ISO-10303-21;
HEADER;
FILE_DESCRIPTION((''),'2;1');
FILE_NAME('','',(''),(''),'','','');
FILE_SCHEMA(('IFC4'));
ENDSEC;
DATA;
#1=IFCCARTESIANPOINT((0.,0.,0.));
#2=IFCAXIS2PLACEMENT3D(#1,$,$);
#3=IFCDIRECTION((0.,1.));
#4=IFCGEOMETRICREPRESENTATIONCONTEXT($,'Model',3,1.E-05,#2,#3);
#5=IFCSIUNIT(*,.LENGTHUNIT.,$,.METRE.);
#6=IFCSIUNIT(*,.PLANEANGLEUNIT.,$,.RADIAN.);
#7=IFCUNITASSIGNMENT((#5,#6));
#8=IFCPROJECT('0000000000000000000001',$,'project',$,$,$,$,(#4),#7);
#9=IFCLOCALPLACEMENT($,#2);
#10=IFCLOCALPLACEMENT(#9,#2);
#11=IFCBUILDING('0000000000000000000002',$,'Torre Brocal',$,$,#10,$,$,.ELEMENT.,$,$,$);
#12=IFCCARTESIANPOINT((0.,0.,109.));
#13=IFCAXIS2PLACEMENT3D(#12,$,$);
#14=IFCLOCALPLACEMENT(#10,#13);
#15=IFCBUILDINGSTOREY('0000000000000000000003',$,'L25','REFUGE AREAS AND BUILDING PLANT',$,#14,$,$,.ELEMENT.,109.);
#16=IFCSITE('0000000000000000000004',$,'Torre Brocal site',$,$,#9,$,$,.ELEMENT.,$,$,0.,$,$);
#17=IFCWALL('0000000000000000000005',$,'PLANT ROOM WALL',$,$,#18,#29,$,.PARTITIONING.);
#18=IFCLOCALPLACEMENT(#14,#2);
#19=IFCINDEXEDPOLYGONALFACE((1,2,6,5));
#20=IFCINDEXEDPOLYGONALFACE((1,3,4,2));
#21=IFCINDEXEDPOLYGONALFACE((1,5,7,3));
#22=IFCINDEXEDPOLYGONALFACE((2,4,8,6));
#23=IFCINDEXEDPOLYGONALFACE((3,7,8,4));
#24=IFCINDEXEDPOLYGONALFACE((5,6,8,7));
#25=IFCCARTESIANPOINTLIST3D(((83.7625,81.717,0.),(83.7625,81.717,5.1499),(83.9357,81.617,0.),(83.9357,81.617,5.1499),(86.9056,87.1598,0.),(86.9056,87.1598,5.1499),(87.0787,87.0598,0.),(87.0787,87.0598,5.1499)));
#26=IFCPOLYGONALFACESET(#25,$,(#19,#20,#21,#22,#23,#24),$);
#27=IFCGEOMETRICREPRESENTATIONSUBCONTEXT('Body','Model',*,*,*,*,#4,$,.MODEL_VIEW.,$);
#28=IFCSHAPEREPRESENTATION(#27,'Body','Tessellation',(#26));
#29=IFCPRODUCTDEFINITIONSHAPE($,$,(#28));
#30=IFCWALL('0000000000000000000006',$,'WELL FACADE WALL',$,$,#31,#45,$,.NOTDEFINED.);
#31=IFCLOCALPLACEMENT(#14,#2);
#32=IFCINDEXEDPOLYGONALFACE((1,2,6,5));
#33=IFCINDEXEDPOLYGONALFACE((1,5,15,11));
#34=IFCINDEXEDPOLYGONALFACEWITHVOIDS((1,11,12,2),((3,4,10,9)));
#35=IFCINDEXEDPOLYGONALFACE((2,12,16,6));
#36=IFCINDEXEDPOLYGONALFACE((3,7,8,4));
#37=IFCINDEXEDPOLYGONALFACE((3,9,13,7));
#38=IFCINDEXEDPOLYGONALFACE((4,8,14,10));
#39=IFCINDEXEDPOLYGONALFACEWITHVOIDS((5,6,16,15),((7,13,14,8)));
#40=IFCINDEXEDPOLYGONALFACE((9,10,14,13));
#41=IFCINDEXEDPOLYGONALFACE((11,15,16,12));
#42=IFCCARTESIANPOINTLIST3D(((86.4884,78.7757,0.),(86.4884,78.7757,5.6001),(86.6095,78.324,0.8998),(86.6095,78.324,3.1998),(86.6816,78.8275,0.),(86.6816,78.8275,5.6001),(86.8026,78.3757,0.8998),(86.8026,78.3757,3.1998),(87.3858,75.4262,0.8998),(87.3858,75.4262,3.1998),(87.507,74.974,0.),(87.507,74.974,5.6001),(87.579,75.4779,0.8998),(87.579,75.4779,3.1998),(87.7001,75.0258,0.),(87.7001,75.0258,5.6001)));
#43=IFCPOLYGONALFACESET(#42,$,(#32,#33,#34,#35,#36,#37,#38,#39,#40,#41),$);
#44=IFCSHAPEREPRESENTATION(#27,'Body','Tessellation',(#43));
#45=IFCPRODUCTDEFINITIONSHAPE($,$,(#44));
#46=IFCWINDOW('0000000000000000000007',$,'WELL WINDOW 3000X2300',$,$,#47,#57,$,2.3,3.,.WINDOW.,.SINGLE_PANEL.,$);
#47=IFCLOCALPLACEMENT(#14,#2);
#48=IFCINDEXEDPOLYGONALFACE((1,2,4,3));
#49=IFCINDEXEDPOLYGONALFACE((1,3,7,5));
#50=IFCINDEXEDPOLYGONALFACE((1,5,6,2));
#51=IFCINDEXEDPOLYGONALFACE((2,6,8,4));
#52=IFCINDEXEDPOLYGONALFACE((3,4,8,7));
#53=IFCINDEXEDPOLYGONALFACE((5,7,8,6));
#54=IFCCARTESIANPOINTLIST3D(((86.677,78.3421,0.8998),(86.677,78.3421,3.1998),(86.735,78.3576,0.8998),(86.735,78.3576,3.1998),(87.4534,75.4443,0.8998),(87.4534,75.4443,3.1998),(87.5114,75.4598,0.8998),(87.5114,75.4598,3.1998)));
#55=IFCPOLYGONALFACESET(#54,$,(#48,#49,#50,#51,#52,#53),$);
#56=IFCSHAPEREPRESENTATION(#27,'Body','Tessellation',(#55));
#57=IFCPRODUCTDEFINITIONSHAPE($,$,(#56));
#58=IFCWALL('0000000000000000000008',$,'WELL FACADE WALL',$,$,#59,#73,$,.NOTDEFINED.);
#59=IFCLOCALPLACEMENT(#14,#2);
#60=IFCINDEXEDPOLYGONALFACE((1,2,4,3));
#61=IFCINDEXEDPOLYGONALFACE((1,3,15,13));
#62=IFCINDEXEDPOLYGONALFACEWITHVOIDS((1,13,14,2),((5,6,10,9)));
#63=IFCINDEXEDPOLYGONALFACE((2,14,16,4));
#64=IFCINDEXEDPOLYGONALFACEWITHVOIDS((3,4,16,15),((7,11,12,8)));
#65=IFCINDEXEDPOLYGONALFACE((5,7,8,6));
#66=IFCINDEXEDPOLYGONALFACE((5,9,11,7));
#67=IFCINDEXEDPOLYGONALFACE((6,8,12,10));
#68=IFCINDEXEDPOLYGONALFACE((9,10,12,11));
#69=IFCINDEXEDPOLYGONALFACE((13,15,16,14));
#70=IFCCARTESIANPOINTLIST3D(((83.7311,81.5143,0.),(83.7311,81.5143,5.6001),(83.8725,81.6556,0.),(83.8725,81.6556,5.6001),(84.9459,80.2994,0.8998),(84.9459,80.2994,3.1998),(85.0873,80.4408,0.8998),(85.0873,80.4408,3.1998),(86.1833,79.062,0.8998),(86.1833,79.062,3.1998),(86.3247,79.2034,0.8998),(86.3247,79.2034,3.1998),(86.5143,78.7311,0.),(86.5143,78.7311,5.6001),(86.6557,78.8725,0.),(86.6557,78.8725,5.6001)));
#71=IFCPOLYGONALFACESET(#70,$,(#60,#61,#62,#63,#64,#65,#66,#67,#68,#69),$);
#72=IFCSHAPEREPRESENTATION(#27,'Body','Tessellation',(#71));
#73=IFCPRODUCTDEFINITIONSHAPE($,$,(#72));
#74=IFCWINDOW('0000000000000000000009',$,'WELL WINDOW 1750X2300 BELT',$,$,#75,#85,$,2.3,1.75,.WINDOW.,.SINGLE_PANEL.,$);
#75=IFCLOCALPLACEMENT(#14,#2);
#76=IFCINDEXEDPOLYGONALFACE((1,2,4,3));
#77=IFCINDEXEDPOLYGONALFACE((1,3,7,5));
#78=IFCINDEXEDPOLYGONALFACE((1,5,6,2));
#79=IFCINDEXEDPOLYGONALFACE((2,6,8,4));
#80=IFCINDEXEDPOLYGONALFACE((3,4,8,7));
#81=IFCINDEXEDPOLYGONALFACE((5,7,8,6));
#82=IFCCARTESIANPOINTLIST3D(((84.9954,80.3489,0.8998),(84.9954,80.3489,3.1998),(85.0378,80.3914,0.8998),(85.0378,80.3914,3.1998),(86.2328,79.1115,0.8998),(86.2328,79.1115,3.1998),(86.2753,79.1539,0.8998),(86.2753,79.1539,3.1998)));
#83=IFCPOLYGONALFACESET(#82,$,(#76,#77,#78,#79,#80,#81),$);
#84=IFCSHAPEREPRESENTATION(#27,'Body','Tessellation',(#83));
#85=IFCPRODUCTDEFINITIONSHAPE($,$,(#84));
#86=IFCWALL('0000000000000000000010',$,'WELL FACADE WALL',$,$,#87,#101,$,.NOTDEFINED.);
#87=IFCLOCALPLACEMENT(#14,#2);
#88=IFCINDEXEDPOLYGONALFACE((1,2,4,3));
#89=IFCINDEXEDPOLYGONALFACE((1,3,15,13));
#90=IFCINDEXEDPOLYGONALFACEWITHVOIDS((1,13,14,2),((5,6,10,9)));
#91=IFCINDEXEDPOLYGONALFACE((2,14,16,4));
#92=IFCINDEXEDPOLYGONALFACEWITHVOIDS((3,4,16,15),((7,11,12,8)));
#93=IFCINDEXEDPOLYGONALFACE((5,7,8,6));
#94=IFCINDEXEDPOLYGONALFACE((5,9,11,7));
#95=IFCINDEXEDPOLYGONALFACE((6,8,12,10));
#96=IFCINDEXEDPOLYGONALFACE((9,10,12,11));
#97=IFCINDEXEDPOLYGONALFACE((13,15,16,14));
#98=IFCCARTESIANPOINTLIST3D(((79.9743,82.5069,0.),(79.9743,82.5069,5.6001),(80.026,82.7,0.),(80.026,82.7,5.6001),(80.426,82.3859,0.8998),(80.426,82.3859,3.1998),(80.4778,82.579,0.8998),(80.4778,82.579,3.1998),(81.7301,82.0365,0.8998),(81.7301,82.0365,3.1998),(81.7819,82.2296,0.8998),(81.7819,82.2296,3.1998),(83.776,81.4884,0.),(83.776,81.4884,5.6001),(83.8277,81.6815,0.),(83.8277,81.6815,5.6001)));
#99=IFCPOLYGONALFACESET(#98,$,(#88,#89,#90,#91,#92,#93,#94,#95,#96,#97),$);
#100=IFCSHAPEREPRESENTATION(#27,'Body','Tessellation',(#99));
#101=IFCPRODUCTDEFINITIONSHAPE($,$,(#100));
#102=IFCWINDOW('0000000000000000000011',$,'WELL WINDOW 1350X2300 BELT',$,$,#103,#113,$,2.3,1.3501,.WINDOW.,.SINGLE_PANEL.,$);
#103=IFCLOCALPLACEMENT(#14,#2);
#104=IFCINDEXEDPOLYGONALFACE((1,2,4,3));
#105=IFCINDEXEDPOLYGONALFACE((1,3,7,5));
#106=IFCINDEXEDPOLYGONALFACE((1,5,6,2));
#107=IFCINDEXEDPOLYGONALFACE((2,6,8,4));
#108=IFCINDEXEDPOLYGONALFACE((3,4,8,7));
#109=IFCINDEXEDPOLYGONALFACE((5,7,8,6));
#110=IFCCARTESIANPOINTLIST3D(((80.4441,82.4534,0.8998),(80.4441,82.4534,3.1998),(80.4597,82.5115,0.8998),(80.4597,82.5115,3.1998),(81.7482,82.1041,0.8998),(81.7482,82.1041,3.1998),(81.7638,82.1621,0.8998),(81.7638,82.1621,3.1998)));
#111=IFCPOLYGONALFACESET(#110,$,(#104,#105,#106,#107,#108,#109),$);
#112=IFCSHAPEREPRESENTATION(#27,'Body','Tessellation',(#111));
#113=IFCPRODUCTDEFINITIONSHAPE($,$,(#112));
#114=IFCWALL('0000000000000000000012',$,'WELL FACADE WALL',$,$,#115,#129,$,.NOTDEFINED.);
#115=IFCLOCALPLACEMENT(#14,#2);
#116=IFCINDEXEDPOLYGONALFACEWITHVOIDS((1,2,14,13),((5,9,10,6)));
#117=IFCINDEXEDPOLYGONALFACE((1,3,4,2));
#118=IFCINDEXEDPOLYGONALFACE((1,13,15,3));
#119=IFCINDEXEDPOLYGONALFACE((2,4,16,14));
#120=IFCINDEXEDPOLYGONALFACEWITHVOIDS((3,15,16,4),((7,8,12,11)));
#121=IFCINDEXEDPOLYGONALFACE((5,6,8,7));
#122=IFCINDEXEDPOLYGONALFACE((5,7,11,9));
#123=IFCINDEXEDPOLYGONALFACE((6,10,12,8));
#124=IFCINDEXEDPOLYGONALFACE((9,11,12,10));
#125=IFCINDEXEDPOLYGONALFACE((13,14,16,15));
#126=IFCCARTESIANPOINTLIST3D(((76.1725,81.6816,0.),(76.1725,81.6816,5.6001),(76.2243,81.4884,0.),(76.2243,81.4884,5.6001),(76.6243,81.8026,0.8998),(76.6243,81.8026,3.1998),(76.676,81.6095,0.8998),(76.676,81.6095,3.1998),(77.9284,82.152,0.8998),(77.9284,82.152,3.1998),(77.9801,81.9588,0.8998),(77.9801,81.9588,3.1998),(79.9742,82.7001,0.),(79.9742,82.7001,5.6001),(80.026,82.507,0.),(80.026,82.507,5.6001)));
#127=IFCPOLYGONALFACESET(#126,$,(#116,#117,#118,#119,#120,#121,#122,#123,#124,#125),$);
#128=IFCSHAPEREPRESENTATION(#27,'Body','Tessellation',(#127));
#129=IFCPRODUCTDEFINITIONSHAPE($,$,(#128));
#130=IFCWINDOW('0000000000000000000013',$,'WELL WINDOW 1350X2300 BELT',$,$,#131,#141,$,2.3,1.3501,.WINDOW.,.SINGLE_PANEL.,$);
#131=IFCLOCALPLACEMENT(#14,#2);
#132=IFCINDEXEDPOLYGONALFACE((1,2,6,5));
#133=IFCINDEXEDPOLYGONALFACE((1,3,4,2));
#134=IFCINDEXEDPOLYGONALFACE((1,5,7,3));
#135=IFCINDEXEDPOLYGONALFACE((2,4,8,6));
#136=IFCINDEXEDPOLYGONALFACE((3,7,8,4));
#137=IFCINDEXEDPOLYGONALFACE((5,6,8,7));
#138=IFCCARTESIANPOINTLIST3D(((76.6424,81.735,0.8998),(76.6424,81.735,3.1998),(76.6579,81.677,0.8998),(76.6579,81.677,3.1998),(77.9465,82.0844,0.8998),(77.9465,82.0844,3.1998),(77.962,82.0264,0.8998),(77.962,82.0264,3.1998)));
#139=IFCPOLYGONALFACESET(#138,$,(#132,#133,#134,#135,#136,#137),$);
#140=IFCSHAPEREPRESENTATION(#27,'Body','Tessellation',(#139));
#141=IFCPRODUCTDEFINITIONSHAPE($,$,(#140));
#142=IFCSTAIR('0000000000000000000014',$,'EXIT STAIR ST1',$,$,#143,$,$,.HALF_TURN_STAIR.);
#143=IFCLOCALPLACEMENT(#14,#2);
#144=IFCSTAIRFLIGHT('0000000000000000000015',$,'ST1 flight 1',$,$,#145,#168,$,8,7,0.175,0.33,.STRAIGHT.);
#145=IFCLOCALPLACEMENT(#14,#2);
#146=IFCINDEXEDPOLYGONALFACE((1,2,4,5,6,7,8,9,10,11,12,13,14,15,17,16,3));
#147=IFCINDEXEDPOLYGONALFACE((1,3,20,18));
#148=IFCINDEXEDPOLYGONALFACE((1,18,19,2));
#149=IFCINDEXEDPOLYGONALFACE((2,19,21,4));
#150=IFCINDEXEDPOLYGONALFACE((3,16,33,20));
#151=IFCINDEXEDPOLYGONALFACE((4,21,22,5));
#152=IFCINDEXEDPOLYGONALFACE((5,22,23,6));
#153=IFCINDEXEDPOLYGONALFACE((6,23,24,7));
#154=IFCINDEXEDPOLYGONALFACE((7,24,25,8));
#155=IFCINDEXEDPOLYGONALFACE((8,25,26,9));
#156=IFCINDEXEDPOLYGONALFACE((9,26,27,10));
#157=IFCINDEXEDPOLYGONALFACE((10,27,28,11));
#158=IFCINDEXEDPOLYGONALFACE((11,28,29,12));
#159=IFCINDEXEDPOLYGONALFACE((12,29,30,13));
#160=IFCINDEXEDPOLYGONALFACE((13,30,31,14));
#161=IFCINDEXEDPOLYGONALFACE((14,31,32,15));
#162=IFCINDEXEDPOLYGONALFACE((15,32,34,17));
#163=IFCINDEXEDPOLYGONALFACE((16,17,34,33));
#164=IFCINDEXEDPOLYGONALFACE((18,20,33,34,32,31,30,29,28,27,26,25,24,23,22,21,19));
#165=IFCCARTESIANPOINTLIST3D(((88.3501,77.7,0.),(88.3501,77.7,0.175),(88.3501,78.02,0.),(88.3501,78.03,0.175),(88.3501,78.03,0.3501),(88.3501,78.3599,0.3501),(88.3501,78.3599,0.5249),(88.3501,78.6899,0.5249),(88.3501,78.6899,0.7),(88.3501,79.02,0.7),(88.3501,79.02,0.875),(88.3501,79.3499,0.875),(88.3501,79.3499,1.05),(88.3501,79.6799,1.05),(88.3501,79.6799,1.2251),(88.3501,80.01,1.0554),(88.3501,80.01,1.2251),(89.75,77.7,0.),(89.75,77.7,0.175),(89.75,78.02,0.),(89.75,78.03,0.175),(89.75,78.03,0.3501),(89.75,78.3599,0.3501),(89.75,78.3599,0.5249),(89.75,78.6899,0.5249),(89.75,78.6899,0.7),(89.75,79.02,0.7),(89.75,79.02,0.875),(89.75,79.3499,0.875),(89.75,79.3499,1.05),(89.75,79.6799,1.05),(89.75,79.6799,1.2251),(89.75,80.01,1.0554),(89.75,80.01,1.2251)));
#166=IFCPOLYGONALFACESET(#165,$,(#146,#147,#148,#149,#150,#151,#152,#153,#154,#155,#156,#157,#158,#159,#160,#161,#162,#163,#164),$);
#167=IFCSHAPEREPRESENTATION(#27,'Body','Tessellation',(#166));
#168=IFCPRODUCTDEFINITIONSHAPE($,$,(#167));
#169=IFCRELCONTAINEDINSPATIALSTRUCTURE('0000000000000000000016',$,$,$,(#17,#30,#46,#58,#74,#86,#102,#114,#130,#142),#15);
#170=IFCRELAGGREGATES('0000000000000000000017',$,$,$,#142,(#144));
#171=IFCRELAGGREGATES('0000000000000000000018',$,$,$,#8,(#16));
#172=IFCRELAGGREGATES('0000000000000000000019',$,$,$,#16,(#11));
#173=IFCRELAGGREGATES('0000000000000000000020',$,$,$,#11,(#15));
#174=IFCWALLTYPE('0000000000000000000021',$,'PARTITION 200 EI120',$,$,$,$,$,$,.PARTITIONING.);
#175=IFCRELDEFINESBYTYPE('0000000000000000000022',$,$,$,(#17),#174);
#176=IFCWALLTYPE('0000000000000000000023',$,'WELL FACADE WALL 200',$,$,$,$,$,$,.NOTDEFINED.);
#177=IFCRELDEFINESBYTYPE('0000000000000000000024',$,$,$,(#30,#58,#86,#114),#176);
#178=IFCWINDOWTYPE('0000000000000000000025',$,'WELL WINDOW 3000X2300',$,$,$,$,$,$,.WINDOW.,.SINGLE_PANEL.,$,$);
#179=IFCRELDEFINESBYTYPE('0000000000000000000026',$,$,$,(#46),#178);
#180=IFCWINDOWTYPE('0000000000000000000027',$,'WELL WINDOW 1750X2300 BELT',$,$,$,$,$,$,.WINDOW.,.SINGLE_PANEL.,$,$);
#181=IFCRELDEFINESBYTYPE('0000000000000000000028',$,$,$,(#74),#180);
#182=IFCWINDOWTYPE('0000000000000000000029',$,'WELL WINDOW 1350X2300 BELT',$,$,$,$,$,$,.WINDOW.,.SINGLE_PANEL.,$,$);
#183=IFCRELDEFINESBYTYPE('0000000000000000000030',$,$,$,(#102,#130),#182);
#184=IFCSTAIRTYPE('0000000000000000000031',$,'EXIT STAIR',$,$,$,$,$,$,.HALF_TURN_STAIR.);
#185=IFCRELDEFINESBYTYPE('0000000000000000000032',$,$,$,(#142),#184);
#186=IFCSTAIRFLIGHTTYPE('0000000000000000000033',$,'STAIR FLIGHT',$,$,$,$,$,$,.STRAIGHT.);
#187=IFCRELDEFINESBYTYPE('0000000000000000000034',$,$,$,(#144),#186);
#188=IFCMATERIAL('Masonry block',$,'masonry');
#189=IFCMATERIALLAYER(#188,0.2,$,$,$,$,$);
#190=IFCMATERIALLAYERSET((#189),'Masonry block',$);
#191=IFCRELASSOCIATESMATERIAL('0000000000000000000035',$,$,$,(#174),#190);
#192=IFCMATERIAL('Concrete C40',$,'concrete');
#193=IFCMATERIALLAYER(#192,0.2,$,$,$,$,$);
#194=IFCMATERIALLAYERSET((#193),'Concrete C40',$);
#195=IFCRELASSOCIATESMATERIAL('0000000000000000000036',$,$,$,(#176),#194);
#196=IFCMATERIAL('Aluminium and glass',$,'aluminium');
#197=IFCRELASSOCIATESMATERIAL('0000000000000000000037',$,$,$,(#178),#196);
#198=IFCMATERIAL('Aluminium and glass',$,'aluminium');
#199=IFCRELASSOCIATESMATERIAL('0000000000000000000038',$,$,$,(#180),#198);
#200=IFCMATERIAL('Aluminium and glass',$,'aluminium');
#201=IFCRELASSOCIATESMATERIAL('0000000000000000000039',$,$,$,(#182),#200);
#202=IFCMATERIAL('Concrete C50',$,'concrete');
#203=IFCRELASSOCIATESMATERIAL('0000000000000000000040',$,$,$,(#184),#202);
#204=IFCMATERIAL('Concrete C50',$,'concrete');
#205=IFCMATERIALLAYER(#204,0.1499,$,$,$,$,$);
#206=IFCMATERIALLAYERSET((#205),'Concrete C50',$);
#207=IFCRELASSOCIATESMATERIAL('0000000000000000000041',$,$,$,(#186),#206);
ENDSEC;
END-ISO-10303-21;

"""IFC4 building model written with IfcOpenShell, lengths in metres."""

from ifc_helpers import new_model, si_unit, direction, frame, frame_2d, origin, place, context, subcontext, project, spatial, polyline, rectangle, outline, extrude, material, layer, layer_set, type_object, element, fill, aggregate, save


model = new_model("IFC4")

# Units and contexts
model_context = context("Model", 3, precision=1e-05, world=origin(), true_north=direction((0.0, 1.0)))
body_context = subcontext(model_context, "Body", "Model", "MODEL_VIEW")
ifc_project = project(units=[si_unit("LENGTHUNIT", "METRE"), si_unit("PLANEANGLEUNIT", "RADIAN")], contexts=[model_context])

# Site, building, storey
site_placement = place(None, origin())
site = spatial("IfcSite", under=ifc_project, at=site_placement, Name="Torre Brocal site", CompositionType="ELEMENT", RefElevation=0.0)
building_placement = place(site_placement, origin())
building = spatial("IfcBuilding", under=site, at=building_placement, Name="Torre Brocal", CompositionType="ELEMENT")
storey_placement = place(building_placement, frame((0.0, 0.0, 109.0)))
storey = spatial("IfcBuildingStorey", under=building, at=storey_placement, Name="L25", Description="REFUGE AREAS AND BUILDING PLANT", CompositionType="ELEMENT", Elevation=109.0)

# Wall
ifc_material_1 = material(Name="Masonry block", Category="masonry")
ifc_layer_1 = layer(ifc_material_1, 0.2)
ifc_layer_set_1 = layer_set([ifc_layer_1], Name="Masonry block")
wall_type_1 = type_object("IfcWallType", Name="PARTITION 200 EI120", PredefinedType="PARTITIONING", material=ifc_layer_set_1)
wall_1_placement = place(storey_placement, frame((83.8491, 81.667, 0.0), z_axis=(0.0, 0.0, 1.0), x_axis=(0.500074, 0.865982, 0.0)))
element("IfcWall", 1, at=wall_1_placement, inside=storey, type_object=wall_type_1, Name="PLANT ROOM WALL", PredefinedType="PARTITIONING", context=body_context, shape_type="SweptSolid", body=[
    extrude(rectangle(XDim=6.2852, YDim=0.2, at=frame_2d((3.1426, 0.0))), origin(), (0.0, 0.0, 1.0), 5.1499),
])

# Walls, openings, windows
ifc_material_2 = material(Name="Concrete C40", Category="concrete")
ifc_layer_2 = layer(ifc_material_2, 0.2)
ifc_layer_set_2 = layer_set([ifc_layer_2], Name="Concrete C40")
wall_type_2 = type_object("IfcWallType", Name="WELL FACADE WALL 200", PredefinedType="NOTDEFINED", material=ifc_layer_set_2)
wall_2_placement = place(storey_placement, frame((87.6035, 75.0, 0.0), z_axis=(0.0, 0.0, 1.0), x_axis=(-0.25879, 0.965934, 0.0)))
wall_2 = element("IfcWall", 2, at=wall_2_placement, inside=storey, type_object=wall_type_2, Name="WELL FACADE WALL", PredefinedType="NOTDEFINED", context=body_context, shape_type="SweptSolid", body=[
    extrude(rectangle(XDim=3.9358, YDim=0.2, at=frame_2d((1.9678, 0.0))), origin(), (0.0, 0.0, 1.0), 5.6001),
])
opening_1_placement = place(wall_2_placement, frame((0.468, 0.0, 0.8999)))
opening_1 = element("IfcOpeningElement", 3, at=opening_1_placement, cuts=wall_2, PredefinedType="OPENING", context=body_context, shape_type="SweptSolid", body=[
    extrude(rectangle(XDim=3.0, YDim=2.3, at=frame_2d((1.5, 1.1499))), frame((0.0, 0.1099, 0.0), z_axis=(0.0, -1.0, 0.0), x_axis=(1.0, 0.0, 0.0)), (0.0, 0.0, 1.0), 0.22),
])
ifc_material_3 = material(Name="Aluminium and glass", Category="aluminium")
window_type_1 = type_object("IfcWindowType", Name="WELL WINDOW 3000X2300", PartitioningType="SINGLE_PANEL", PredefinedType="WINDOW", material=ifc_material_3)
window_1_placement = place(opening_1_placement, origin())
window_1 = element("IfcWindow", 4, at=window_1_placement, inside=storey, type_object=window_type_1, Name="WELL WINDOW 3000X2300", OverallHeight=2.3, OverallWidth=3.0, PartitioningType="SINGLE_PANEL", PredefinedType="WINDOW", context=body_context, shape_type="SweptSolid", body=[
    extrude(rectangle(XDim=3.0, YDim=2.3, at=frame_2d((1.5, 1.1499))), frame((0.0, 0.03, 0.0), z_axis=(0.0, -1.0, 0.0), x_axis=(1.0, 0.0, 0.0)), (0.0, 0.0, 1.0), 0.0601),
])
fill(opening_1, window_1)
wall_3_placement = place(storey_placement, frame((86.585, 78.8018, 0.0), z_axis=(0.0, 0.0, 1.0), x_axis=(-0.707107, 0.707107, 0.0)))
wall_3 = element("IfcWall", 5, at=wall_3_placement, inside=storey, type_object=wall_type_2, Name="WELL FACADE WALL", PredefinedType="NOTDEFINED", context=body_context, shape_type="SweptSolid", body=[
    extrude(rectangle(XDim=3.936, YDim=0.2, at=frame_2d((1.968, 0.0))), origin(), (0.0, 0.0, 1.0), 5.6001),
])
opening_2_placement = place(wall_3_placement, frame((0.468, 0.0, 0.8999)))
opening_2 = element("IfcOpeningElement", 6, at=opening_2_placement, cuts=wall_3, PredefinedType="OPENING", context=body_context, shape_type="SweptSolid", body=[
    extrude(rectangle(XDim=1.75, YDim=2.3, at=frame_2d((0.875, 1.1499))), frame((0.0, 0.1099, 0.0), z_axis=(0.0, -1.0, 0.0), x_axis=(1.0, 0.0, 0.0)), (0.0, 0.0, 1.0), 0.22),
])
ifc_material_4 = material(Name="Aluminium and glass", Category="aluminium")
window_type_2 = type_object("IfcWindowType", Name="WELL WINDOW 1750X2300 BELT", PartitioningType="SINGLE_PANEL", PredefinedType="WINDOW", material=ifc_material_4)
window_2_placement = place(opening_2_placement, origin())
window_2 = element("IfcWindow", 7, at=window_2_placement, inside=storey, type_object=window_type_2, Name="WELL WINDOW 1750X2300 BELT", OverallHeight=2.3, OverallWidth=1.75, PartitioningType="SINGLE_PANEL", PredefinedType="WINDOW", context=body_context, shape_type="SweptSolid", body=[
    extrude(rectangle(XDim=1.75, YDim=2.3, at=frame_2d((0.875, 1.1499))), frame((0.0, 0.03, 0.0), z_axis=(0.0, -1.0, 0.0), x_axis=(1.0, 0.0, 0.0)), (0.0, 0.0, 1.0), 0.0601),
])
fill(opening_2, window_2)
wall_4_placement = place(storey_placement, frame((83.8018, 81.585, 0.0), z_axis=(0.0, 0.0, 1.0), x_axis=(-0.965934, 0.25879, 0.0)))
wall_4 = element("IfcWall", 8, at=wall_4_placement, inside=storey, type_object=wall_type_2, Name="WELL FACADE WALL", PredefinedType="NOTDEFINED", context=body_context, shape_type="SweptSolid", body=[
    extrude(rectangle(XDim=3.9358, YDim=0.2, at=frame_2d((1.9678, 0.0))), origin(), (0.0, 0.0, 1.0), 5.6001),
])
opening_3_placement = place(wall_4_placement, frame((2.1179, 0.0, 0.8999)))
opening_3 = element("IfcOpeningElement", 9, at=opening_3_placement, cuts=wall_4, PredefinedType="OPENING", context=body_context, shape_type="SweptSolid", body=[
    extrude(rectangle(XDim=1.3501, YDim=2.3, at=frame_2d((0.675, 1.1499))), frame((0.0, 0.1099, 0.0), z_axis=(0.0, -1.0, 0.0), x_axis=(1.0, 0.0, 0.0)), (0.0, 0.0, 1.0), 0.22),
])
ifc_material_5 = material(Name="Aluminium and glass", Category="aluminium")
window_type_3 = type_object("IfcWindowType", Name="WELL WINDOW 1350X2300 BELT", PartitioningType="SINGLE_PANEL", PredefinedType="WINDOW", material=ifc_material_5)
window_3_placement = place(opening_3_placement, origin())
window_3 = element("IfcWindow", 10, at=window_3_placement, inside=storey, type_object=window_type_3, Name="WELL WINDOW 1350X2300 BELT", OverallHeight=2.3, OverallWidth=1.3501, PartitioningType="SINGLE_PANEL", PredefinedType="WINDOW", context=body_context, shape_type="SweptSolid", body=[
    extrude(rectangle(XDim=1.3501, YDim=2.3, at=frame_2d((0.675, 1.1499))), frame((0.0, 0.03, 0.0), z_axis=(0.0, -1.0, 0.0), x_axis=(1.0, 0.0, 0.0)), (0.0, 0.0, 1.0), 0.0601),
])
fill(opening_3, window_3)
wall_5_placement = place(storey_placement, frame((80.0, 82.6035, 0.0), z_axis=(0.0, 0.0, 1.0), x_axis=(-0.965934, -0.25879, 0.0)))
wall_5 = element("IfcWall", 11, at=wall_5_placement, inside=storey, type_object=wall_type_2, Name="WELL FACADE WALL", PredefinedType="NOTDEFINED", context=body_context, shape_type="SweptSolid", body=[
    extrude(rectangle(XDim=3.9358, YDim=0.2, at=frame_2d((1.9678, 0.0))), origin(), (0.0, 0.0, 1.0), 5.6001),
])
opening_4_placement = place(wall_5_placement, frame((2.1179, 0.0, 0.8999)))
opening_4 = element("IfcOpeningElement", 12, at=opening_4_placement, cuts=wall_5, PredefinedType="OPENING", context=body_context, shape_type="SweptSolid", body=[
    extrude(rectangle(XDim=1.3501, YDim=2.3, at=frame_2d((0.675, 1.1499))), frame((0.0, 0.1099, 0.0), z_axis=(0.0, -1.0, 0.0), x_axis=(1.0, 0.0, 0.0)), (0.0, 0.0, 1.0), 0.22),
])
window_4_placement = place(opening_4_placement, origin())
window_4 = element("IfcWindow", 13, at=window_4_placement, inside=storey, type_object=window_type_3, Name="WELL WINDOW 1350X2300 BELT", OverallHeight=2.3, OverallWidth=1.3501, PartitioningType="SINGLE_PANEL", PredefinedType="WINDOW", context=body_context, shape_type="SweptSolid", body=[
    extrude(rectangle(XDim=1.3501, YDim=2.3, at=frame_2d((0.675, 1.1499))), frame((0.0, 0.03, 0.0), z_axis=(0.0, -1.0, 0.0), x_axis=(1.0, 0.0, 0.0)), (0.0, 0.0, 1.0), 0.0601),
])
fill(opening_4, window_4)

# Stair, stair flight
ifc_material_6 = material(Name="Concrete C50", Category="concrete")
stair_type = type_object("IfcStairType", Name="EXIT STAIR", PredefinedType="HALF_TURN_STAIR", material=ifc_material_6)
stair_placement = place(storey_placement, origin())
stair = element("IfcStair", 14, at=stair_placement, inside=storey, type_object=stair_type, Name="EXIT STAIR ST1", PredefinedType="HALF_TURN_STAIR")
ifc_material_7 = material(Name="Concrete C50", Category="concrete")
ifc_layer_3 = layer(ifc_material_7, 0.1499)
ifc_layer_set_3 = layer_set([ifc_layer_3], Name="Concrete C50")
stair_flight_type = type_object("IfcStairFlightType", Name="STAIR FLIGHT", PredefinedType="STRAIGHT", material=ifc_layer_set_3)
stair_flight_1_placement = place(storey_placement, frame((89.05, 77.7, 0.0), z_axis=(0.0, 0.0, 1.0), x_axis=(0.0, 1.0, 0.0)))
stair_flight_1 = element("IfcStairFlight", 15, at=stair_flight_1_placement, type_object=stair_flight_type, Name="ST1 flight 1", NumberOfRisers=8, NumberOfTreads=7, PredefinedType="STRAIGHT", RiserHeight=0.175, TreadLength=0.33, context=body_context, shape_type="SweptSolid", body=[
    extrude(outline(polyline([(0.0, 0.0), (0.0, 0.175), (0.3301, 0.175), (0.3301, 0.3501), (0.6599, 0.3501), (0.6599, 0.5249), (0.99, 0.5249), (0.99, 0.7), (1.3201, 0.7), (1.3201, 0.875), (1.6499, 0.875), (1.6499, 1.05), (1.98, 1.05), (1.98, 1.2251), (2.3101, 1.2251), (2.3101, 1.3999), (2.3101, 1.0554), (0.3201, 0.0), (0.0, 0.0)])), frame((0.0, 0.7, 0.0), z_axis=(0.0, -1.0, 0.0), x_axis=(1.0, 0.0, 0.0)), (0.0, 0.0, 1.0), 1.3999),
])
aggregate(stair, [stair_flight_1])

save(model, "model.ifc")
